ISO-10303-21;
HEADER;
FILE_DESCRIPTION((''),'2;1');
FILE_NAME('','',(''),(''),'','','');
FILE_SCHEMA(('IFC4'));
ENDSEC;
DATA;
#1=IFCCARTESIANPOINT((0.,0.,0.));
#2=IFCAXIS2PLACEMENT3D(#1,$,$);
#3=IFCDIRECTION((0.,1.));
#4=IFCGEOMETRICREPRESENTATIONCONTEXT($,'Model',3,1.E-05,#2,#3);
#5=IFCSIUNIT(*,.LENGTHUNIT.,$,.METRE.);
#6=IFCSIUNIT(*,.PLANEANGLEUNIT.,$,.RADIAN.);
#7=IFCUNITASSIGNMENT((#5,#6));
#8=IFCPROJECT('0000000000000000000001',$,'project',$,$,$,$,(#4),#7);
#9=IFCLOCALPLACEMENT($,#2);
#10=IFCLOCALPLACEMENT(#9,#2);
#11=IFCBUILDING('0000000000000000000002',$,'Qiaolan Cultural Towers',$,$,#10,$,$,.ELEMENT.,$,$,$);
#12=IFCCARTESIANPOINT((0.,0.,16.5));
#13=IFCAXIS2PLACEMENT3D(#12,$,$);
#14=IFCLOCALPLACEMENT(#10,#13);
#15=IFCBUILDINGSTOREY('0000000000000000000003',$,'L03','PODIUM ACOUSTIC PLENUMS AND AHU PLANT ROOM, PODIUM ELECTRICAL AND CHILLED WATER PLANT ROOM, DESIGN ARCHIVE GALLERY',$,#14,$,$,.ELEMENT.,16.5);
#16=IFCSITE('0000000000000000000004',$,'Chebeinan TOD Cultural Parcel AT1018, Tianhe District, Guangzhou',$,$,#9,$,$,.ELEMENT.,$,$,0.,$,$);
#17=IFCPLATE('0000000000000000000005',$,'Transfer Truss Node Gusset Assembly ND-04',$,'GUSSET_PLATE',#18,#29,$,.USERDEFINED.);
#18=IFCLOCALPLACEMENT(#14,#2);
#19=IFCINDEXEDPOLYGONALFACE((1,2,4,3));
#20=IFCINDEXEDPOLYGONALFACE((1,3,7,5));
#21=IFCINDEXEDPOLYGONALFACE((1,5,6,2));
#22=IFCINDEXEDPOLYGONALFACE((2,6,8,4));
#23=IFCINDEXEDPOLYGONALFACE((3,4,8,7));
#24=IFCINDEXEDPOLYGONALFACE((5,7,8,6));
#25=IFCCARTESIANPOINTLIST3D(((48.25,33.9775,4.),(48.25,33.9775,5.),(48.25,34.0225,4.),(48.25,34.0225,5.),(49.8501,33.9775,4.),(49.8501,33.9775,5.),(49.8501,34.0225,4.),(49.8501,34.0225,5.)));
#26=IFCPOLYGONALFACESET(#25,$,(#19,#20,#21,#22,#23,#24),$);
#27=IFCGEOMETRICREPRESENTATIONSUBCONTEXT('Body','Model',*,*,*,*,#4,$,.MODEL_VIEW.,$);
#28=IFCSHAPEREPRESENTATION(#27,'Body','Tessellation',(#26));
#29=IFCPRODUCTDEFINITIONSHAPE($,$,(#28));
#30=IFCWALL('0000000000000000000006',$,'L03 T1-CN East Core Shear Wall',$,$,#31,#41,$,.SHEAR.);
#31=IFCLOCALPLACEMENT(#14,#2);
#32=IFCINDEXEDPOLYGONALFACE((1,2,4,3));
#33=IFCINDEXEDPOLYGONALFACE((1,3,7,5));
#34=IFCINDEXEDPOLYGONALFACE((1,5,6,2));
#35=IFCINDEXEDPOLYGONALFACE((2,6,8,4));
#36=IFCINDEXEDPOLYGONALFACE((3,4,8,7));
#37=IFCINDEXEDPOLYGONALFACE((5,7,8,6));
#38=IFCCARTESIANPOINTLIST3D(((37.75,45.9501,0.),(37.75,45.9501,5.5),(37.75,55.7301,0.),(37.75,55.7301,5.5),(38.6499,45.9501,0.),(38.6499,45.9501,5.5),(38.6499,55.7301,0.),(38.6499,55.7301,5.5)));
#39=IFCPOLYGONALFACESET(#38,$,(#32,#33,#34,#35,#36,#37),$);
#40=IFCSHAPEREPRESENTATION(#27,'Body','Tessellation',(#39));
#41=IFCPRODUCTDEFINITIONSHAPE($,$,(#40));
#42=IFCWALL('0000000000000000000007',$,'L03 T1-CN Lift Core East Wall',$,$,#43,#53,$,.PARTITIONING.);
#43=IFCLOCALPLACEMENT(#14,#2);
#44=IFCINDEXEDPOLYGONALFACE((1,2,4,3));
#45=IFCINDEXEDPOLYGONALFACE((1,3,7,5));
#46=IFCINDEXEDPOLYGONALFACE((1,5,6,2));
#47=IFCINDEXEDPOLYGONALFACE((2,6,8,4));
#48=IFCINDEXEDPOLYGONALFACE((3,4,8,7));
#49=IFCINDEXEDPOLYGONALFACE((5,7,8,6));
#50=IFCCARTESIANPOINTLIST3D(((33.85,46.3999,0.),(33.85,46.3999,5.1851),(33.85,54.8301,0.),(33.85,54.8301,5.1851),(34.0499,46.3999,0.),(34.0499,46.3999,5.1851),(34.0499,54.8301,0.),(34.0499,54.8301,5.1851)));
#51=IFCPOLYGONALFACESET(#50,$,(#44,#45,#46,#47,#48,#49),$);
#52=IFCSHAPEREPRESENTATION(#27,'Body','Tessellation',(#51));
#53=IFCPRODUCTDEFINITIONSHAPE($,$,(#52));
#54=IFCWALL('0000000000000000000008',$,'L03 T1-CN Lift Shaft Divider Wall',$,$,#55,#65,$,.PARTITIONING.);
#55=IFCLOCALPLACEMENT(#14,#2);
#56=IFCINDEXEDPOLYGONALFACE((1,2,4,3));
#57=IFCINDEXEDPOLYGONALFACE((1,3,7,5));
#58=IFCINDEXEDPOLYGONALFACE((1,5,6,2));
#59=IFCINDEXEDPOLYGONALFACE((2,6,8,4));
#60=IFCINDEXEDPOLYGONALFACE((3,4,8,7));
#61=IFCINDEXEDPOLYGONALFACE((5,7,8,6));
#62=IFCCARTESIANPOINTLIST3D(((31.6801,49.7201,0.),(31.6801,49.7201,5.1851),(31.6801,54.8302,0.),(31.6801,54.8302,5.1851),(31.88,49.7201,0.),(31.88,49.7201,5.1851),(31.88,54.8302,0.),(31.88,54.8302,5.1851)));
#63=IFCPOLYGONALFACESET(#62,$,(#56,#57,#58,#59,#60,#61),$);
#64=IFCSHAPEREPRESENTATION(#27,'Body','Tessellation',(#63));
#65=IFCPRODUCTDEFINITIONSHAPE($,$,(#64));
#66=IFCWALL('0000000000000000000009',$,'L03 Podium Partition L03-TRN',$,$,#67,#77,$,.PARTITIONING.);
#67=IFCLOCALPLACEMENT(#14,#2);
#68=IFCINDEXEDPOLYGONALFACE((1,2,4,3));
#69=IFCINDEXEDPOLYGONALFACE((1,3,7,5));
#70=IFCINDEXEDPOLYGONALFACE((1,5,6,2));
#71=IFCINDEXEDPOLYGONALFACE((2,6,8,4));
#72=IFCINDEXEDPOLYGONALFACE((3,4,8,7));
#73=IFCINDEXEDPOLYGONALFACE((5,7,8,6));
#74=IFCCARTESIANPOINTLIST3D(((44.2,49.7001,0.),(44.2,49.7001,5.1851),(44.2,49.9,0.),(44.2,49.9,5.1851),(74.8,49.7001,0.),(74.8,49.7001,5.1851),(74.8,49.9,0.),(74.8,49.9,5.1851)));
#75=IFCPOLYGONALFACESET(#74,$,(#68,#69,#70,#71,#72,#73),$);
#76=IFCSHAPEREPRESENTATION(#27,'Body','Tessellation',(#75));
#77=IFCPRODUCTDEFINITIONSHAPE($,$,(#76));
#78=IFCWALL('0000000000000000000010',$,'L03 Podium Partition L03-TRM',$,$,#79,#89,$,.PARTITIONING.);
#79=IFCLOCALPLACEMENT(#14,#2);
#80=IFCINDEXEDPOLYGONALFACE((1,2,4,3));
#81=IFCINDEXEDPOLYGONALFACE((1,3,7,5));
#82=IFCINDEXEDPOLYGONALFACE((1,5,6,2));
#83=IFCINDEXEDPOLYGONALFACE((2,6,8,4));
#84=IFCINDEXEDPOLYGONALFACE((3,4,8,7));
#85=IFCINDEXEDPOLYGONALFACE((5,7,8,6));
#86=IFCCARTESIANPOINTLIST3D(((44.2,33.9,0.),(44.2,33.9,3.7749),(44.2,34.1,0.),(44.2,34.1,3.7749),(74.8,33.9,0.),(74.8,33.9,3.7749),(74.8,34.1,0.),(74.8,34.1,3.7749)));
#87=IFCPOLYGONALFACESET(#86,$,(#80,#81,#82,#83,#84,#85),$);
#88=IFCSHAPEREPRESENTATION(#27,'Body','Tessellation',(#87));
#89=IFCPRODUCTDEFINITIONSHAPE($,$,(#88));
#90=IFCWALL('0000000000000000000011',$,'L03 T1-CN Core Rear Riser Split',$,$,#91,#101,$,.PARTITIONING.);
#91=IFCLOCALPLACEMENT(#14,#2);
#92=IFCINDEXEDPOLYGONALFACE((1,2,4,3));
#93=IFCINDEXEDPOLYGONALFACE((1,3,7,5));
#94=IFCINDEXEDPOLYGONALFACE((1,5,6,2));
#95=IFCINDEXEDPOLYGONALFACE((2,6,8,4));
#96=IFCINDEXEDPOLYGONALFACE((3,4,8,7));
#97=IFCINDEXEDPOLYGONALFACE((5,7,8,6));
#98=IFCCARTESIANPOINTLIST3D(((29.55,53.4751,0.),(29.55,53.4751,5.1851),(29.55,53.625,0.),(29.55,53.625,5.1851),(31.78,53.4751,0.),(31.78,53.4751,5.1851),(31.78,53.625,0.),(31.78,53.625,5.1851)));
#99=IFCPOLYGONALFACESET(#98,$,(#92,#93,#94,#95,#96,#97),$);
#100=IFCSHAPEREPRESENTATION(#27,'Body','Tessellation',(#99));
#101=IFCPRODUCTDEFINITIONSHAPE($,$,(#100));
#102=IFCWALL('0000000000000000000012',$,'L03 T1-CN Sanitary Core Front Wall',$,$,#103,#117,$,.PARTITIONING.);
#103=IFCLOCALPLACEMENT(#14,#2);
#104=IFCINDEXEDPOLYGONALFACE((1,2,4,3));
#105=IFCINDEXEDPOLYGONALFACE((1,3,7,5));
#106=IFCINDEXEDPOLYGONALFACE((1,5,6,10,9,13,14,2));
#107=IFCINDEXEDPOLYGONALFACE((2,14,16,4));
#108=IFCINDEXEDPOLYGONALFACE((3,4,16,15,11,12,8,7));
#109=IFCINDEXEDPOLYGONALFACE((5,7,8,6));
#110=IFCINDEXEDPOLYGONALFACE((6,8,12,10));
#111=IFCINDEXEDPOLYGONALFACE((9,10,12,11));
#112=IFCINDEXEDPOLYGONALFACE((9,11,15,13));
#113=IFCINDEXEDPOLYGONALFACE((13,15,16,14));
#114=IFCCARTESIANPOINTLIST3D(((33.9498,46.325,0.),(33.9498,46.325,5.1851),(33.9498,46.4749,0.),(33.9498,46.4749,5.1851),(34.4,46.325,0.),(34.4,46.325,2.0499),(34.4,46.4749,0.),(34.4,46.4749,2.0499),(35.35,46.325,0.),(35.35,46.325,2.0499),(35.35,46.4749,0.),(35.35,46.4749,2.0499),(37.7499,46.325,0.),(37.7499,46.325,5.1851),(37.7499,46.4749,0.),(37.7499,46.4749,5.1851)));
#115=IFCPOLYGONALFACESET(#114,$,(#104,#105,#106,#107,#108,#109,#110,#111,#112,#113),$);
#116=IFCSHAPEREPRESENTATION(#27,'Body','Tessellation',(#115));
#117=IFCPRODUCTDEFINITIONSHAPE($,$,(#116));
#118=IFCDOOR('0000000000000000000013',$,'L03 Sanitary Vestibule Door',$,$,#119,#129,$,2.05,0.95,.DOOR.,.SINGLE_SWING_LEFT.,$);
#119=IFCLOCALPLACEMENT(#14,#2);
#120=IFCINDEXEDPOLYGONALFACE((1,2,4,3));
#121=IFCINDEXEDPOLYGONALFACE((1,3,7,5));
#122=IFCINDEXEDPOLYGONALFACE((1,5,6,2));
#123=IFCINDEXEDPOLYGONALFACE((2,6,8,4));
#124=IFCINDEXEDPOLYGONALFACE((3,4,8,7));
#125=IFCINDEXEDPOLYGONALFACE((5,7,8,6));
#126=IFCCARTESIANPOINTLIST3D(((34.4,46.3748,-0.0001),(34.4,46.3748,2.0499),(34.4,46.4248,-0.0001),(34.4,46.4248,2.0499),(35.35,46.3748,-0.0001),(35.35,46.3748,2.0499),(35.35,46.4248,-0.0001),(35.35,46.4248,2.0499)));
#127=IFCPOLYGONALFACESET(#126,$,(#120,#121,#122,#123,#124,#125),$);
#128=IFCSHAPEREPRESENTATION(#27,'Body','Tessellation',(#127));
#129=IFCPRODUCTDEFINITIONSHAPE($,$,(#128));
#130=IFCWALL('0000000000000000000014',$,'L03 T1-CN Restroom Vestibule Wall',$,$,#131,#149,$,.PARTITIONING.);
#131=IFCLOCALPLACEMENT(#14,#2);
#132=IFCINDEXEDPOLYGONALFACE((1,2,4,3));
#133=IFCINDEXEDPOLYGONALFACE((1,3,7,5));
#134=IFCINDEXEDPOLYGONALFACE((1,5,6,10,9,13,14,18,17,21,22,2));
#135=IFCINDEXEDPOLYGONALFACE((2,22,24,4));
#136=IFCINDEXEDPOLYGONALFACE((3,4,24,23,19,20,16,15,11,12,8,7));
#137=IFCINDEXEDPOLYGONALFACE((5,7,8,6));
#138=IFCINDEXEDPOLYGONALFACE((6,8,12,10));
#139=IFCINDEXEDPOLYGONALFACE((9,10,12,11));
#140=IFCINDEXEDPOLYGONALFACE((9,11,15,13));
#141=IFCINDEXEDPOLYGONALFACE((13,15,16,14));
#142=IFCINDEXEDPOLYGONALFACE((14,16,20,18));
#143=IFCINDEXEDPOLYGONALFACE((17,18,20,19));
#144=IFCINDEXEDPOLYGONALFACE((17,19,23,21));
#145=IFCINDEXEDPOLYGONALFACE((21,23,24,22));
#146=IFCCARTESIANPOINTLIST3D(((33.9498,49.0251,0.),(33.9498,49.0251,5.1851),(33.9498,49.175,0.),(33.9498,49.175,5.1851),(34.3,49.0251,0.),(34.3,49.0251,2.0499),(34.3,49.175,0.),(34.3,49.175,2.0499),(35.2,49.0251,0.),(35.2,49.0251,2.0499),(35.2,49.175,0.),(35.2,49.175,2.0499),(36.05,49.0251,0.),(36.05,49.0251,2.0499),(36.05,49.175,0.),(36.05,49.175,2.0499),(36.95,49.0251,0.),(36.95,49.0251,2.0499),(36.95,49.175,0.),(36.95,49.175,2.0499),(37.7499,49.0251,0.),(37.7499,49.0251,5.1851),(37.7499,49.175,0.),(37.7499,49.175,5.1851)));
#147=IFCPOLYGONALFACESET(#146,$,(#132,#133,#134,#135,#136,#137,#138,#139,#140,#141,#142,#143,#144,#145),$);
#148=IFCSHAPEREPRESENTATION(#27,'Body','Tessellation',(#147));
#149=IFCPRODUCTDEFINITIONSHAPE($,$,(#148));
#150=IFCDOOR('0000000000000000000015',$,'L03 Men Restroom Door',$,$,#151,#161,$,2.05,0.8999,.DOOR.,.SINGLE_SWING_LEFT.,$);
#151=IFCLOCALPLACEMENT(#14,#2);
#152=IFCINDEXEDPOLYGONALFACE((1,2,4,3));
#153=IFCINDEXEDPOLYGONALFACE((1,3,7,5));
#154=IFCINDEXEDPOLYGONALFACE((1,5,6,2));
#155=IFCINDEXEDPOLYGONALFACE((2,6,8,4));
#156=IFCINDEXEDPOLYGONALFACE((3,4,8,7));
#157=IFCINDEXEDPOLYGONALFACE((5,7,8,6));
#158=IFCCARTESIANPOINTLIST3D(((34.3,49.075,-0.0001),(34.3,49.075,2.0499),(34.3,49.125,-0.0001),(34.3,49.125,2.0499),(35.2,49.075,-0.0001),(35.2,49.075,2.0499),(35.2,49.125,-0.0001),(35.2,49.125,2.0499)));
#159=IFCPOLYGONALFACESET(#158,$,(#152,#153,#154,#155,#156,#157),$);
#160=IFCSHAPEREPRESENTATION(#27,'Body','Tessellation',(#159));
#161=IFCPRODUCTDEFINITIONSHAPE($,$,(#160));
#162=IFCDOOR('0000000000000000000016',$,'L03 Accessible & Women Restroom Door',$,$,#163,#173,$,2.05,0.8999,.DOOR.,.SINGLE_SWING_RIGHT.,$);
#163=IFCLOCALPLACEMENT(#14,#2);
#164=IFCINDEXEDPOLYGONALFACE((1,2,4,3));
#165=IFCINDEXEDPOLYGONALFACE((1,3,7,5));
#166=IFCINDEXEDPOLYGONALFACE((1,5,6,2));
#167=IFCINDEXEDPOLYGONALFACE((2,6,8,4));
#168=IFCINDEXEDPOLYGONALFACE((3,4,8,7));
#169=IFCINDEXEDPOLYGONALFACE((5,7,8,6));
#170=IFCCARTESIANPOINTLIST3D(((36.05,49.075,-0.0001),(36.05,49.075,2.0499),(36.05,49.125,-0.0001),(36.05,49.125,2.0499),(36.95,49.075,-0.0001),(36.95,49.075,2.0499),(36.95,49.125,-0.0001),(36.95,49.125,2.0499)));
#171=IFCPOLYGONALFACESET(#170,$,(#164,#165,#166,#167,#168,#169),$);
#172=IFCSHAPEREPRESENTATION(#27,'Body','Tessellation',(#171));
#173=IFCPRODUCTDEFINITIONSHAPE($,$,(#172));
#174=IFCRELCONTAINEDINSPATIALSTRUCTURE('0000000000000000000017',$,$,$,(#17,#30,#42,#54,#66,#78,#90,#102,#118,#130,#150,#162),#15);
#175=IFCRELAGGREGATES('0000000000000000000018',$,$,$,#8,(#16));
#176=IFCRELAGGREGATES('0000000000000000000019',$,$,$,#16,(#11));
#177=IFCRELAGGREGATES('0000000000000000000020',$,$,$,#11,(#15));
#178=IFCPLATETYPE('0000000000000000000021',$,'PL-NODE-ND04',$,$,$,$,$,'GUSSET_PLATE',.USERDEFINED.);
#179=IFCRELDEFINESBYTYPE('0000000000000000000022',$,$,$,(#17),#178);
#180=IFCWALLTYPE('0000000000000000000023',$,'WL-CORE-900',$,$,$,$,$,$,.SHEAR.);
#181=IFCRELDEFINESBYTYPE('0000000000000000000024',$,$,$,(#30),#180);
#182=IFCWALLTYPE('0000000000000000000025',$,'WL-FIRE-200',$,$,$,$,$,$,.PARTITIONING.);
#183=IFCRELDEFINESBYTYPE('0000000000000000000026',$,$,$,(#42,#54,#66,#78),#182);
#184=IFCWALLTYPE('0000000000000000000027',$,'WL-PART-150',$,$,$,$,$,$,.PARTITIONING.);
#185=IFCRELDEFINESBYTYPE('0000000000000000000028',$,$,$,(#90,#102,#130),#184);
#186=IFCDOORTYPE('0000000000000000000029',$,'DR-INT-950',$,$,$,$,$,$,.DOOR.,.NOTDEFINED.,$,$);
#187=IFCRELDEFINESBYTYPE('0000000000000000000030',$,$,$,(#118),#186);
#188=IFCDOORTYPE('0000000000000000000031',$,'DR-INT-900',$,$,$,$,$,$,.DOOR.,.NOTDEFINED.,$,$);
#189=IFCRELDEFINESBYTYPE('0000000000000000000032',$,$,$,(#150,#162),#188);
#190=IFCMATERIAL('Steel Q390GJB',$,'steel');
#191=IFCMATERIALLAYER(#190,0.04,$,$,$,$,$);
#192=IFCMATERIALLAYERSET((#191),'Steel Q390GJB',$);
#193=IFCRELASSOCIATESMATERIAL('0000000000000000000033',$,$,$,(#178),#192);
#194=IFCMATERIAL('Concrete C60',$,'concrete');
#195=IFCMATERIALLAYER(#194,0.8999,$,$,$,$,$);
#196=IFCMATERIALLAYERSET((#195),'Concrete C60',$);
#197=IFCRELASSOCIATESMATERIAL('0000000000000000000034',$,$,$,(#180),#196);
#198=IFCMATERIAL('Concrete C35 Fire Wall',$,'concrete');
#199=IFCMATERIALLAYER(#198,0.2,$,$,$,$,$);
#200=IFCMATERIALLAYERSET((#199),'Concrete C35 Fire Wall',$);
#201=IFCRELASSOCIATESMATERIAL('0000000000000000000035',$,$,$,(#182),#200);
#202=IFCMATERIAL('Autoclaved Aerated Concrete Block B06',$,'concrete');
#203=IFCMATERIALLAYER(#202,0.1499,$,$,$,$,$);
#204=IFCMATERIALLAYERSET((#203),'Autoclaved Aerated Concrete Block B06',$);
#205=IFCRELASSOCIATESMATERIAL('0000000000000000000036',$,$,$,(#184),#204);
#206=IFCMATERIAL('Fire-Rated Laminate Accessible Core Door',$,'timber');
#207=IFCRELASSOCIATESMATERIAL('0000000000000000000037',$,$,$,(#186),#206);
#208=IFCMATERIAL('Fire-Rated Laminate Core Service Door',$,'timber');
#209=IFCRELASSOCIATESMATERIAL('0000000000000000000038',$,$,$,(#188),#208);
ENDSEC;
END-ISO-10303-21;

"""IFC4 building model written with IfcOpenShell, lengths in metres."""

from ifc_helpers import new_model, si_unit, direction, frame, frame_2d, origin, origin_2d, place, context, subcontext, project, spatial, rectangle, extrude, material, layer, layer_set, type_object, element, fill, save


model = new_model("IFC4")

# Units and contexts
model_context = context("Model", 3, precision=1e-05, world=origin(), true_north=direction((0.0, 1.0)))
body_context = subcontext(model_context, "Body", "Model", "MODEL_VIEW")
ifc_project = project(units=[si_unit("LENGTHUNIT", "METRE"), si_unit("PLANEANGLEUNIT", "RADIAN")], contexts=[model_context])

# Site, building, storey
site_placement = place(None, origin())
site = spatial("IfcSite", under=ifc_project, at=site_placement, Name="Chebeinan TOD Cultural Parcel AT1018, Tianhe District, Guangzhou", CompositionType="ELEMENT", RefElevation=0.0)
building_placement = place(site_placement, origin())
building = spatial("IfcBuilding", under=site, at=building_placement, Name="Qiaolan Cultural Towers", CompositionType="ELEMENT")
storey_placement = place(building_placement, frame((0.0, 0.0, 16.5)))
storey = spatial("IfcBuildingStorey", under=building, at=storey_placement, Name="L03", Description="PODIUM ACOUSTIC PLENUMS AND AHU PLANT ROOM, PODIUM ELECTRICAL AND CHILLED WATER PLANT ROOM, DESIGN ARCHIVE GALLERY", CompositionType="ELEMENT", Elevation=16.5)

# Plate
ifc_material_1 = material(Name="Steel Q390GJB", Category="steel")
ifc_layer_1 = layer(ifc_material_1, 0.04)
ifc_layer_set_1 = layer_set([ifc_layer_1], Name="Steel Q390GJB")
plate_type_1 = type_object("IfcPlateType", Name="PL-NODE-ND04", ElementType="GUSSET_PLATE", PredefinedType="USERDEFINED", material=ifc_layer_set_1)
plate_placement = place(storey_placement, frame((49.05, 34.0, 4.0), z_axis=(0.0, 0.0, 1.0), x_axis=(1.0, 0.0, 0.0)))
element("IfcPlate", 1, at=plate_placement, inside=storey, type_object=plate_type_1, Name="Transfer Truss Node Gusset Assembly ND-04", ObjectType="GUSSET_PLATE", PredefinedType="USERDEFINED", context=body_context, shape_type="SweptSolid", body=[
    extrude(rectangle(XDim=1.6001, YDim=0.0449, at=origin_2d()), origin(), (0.0, 0.0, 1.0), 1.0),
])

# Walls
ifc_material_2 = material(Name="Concrete C60", Category="concrete")
ifc_layer_2 = layer(ifc_material_2, 0.8999)
ifc_layer_set_2 = layer_set([ifc_layer_2], Name="Concrete C60")
wall_type_1 = type_object("IfcWallType", Name="WL-CORE-900", PredefinedType="SHEAR", material=ifc_layer_set_2)
wall_1_placement = place(storey_placement, frame((38.2, 45.95, 0.0), z_axis=(0.0, 0.0, 1.0), x_axis=(0.0, 1.0, 0.0)))
element("IfcWall", 2, at=wall_1_placement, inside=storey, type_object=wall_type_1, Name="L03 T1-CN East Core Shear Wall", PredefinedType="SHEAR", context=body_context, shape_type="SweptSolid", body=[
    extrude(rectangle(XDim=9.78, YDim=0.8999, at=frame_2d((4.8901, 0.0))), origin(), (0.0, 0.0, 1.0), 5.5),
])
ifc_material_3 = material(Name="Concrete C35 Fire Wall", Category="concrete")
ifc_layer_3 = layer(ifc_material_3, 0.2)
ifc_layer_set_3 = layer_set([ifc_layer_3], Name="Concrete C35 Fire Wall")
wall_type_2 = type_object("IfcWallType", Name="WL-FIRE-200", PredefinedType="PARTITIONING", material=ifc_layer_set_3)
wall_2_placement = place(storey_placement, frame((33.95, 46.3999, 0.0), z_axis=(0.0, 0.0, 1.0), x_axis=(0.0, 1.0, 0.0)))
element("IfcWall", 3, at=wall_2_placement, inside=storey, type_object=wall_type_2, Name="L03 T1-CN Lift Core East Wall", PredefinedType="PARTITIONING", context=body_context, shape_type="SweptSolid", body=[
    extrude(rectangle(XDim=8.4302, YDim=0.2, at=frame_2d((4.2151, 0.0))), origin(), (0.0, 0.0, 1.0), 5.1851),
])
wall_3_placement = place(storey_placement, frame((31.78, 49.72, 0.0), z_axis=(0.0, 0.0, 1.0), x_axis=(0.0, 1.0, 0.0)))
element("IfcWall", 4, at=wall_3_placement, inside=storey, type_object=wall_type_2, Name="L03 T1-CN Lift Shaft Divider Wall", PredefinedType="PARTITIONING", context=body_context, shape_type="SweptSolid", body=[
    extrude(rectangle(XDim=5.1101, YDim=0.2, at=frame_2d((2.5552, 0.0))), origin(), (0.0, 0.0, 1.0), 5.1851),
])
wall_4_placement = place(storey_placement, frame((44.2, 49.8, 0.0), z_axis=(0.0, 0.0, 1.0), x_axis=(1.0, 0.0, 0.0)))
element("IfcWall", 5, at=wall_4_placement, inside=storey, type_object=wall_type_2, Name="L03 Podium Partition L03-TRN", PredefinedType="PARTITIONING", context=body_context, shape_type="SweptSolid", body=[
    extrude(rectangle(XDim=30.6001, YDim=0.2, at=frame_2d((15.3, 0.0))), origin(), (0.0, 0.0, 1.0), 5.1851),
])
wall_5_placement = place(storey_placement, frame((44.2, 34.0, 0.0), z_axis=(0.0, 0.0, 1.0), x_axis=(1.0, 0.0, 0.0)))
element("IfcWall", 6, at=wall_5_placement, inside=storey, type_object=wall_type_2, Name="L03 Podium Partition L03-TRM", PredefinedType="PARTITIONING", context=body_context, shape_type="SweptSolid", body=[
    extrude(rectangle(XDim=30.6001, YDim=0.2, at=frame_2d((15.3, 0.0))), origin(), (0.0, 0.0, 1.0), 3.7749),
])
ifc_material_4 = material(Name="Autoclaved Aerated Concrete Block B06", Category="concrete")
ifc_layer_4 = layer(ifc_material_4, 0.1499)
ifc_layer_set_4 = layer_set([ifc_layer_4], Name="Autoclaved Aerated Concrete Block B06")
wall_type_3 = type_object("IfcWallType", Name="WL-PART-150", PredefinedType="PARTITIONING", material=ifc_layer_set_4)
wall_6_placement = place(storey_placement, frame((29.55, 53.55, 0.0), z_axis=(0.0, 0.0, 1.0), x_axis=(1.0, 0.0, 0.0)))
element("IfcWall", 7, at=wall_6_placement, inside=storey, type_object=wall_type_3, Name="L03 T1-CN Core Rear Riser Split", PredefinedType="PARTITIONING", context=body_context, shape_type="SweptSolid", body=[
    extrude(rectangle(XDim=2.23, YDim=0.1499, at=frame_2d((1.115, 0.0))), origin(), (0.0, 0.0, 1.0), 5.1851),
])

# Wall, opening, door
wall_7_placement = place(storey_placement, frame((33.95, 46.3999, 0.0), z_axis=(0.0, 0.0, 1.0), x_axis=(1.0, 0.0, 0.0)))
wall_7 = element("IfcWall", 8, at=wall_7_placement, inside=storey, type_object=wall_type_3, Name="L03 T1-CN Sanitary Core Front Wall", PredefinedType="PARTITIONING", context=body_context, shape_type="SweptSolid", body=[
    extrude(rectangle(XDim=3.8, YDim=0.1499, at=frame_2d((1.8999, 0.0))), origin(), (0.0, 0.0, 1.0), 5.1851),
])
opening_1_placement = place(wall_7_placement, frame((0.45, 0.0, 0.0)))
opening_1 = element("IfcOpeningElement", 9, at=opening_1_placement, cuts=wall_7, PredefinedType="OPENING", context=body_context, shape_type="SweptSolid", body=[
    extrude(rectangle(XDim=0.95, YDim=2.05, at=frame_2d((0.4751, 1.0249))), frame((0.0, 0.085, 0.0), z_axis=(0.0, -1.0, 0.0), x_axis=(1.0, 0.0, 0.0)), (0.0, 0.0, 1.0), 0.1699),
])
ifc_material_5 = material(Name="Fire-Rated Laminate Accessible Core Door", Category="timber")
door_type_1 = type_object("IfcDoorType", Name="DR-INT-950", OperationType="NOTDEFINED", PredefinedType="DOOR", material=ifc_material_5)
door_1_placement = place(opening_1_placement, origin())
door_1 = element("IfcDoor", 10, at=door_1_placement, inside=storey, type_object=door_type_1, Name="L03 Sanitary Vestibule Door", OperationType="SINGLE_SWING_LEFT", OverallHeight=2.05, OverallWidth=0.95, PredefinedType="DOOR", context=body_context, shape_type="SweptSolid", body=[
    extrude(rectangle(XDim=0.95, YDim=2.05, at=frame_2d((0.4751, 1.0249))), frame((0.0, 0.0249, 0.0), z_axis=(0.0, -1.0, 0.0), x_axis=(1.0, 0.0, 0.0)), (0.0, 0.0, 1.0), 0.05),
])
fill(opening_1, door_1)

# Wall, openings, doors
wall_8_placement = place(storey_placement, frame((33.95, 49.1001, 0.0), z_axis=(0.0, 0.0, 1.0), x_axis=(1.0, 0.0, 0.0)))
wall_8 = element("IfcWall", 11, at=wall_8_placement, inside=storey, type_object=wall_type_3, Name="L03 T1-CN Restroom Vestibule Wall", PredefinedType="PARTITIONING", context=body_context, shape_type="SweptSolid", body=[
    extrude(rectangle(XDim=3.8, YDim=0.1499, at=frame_2d((1.8999, 0.0))), origin(), (0.0, 0.0, 1.0), 5.1851),
])
opening_2_placement = place(wall_8_placement, frame((0.3501, 0.0, 0.0)))
opening_2 = element("IfcOpeningElement", 12, at=opening_2_placement, cuts=wall_8, PredefinedType="OPENING", context=body_context, shape_type="SweptSolid", body=[
    extrude(rectangle(XDim=0.8999, YDim=2.05, at=frame_2d((0.45, 1.0249))), frame((0.0, 0.085, 0.0), z_axis=(0.0, -1.0, 0.0), x_axis=(1.0, 0.0, 0.0)), (0.0, 0.0, 1.0), 0.1699),
])
opening_3_placement = place(wall_8_placement, frame((2.1001, 0.0, 0.0)))
opening_3 = element("IfcOpeningElement", 13, at=opening_3_placement, cuts=wall_8, PredefinedType="OPENING", context=body_context, shape_type="SweptSolid", body=[
    extrude(rectangle(XDim=0.8999, YDim=2.05, at=frame_2d((0.45, 1.0249))), frame((0.0, 0.085, 0.0), z_axis=(0.0, -1.0, 0.0), x_axis=(1.0, 0.0, 0.0)), (0.0, 0.0, 1.0), 0.1699),
])
ifc_material_6 = material(Name="Fire-Rated Laminate Core Service Door", Category="timber")
door_type_2 = type_object("IfcDoorType", Name="DR-INT-900", OperationType="NOTDEFINED", PredefinedType="DOOR", material=ifc_material_6)
door_2_placement = place(opening_2_placement, origin())
door_2 = element("IfcDoor", 14, at=door_2_placement, inside=storey, type_object=door_type_2, Name="L03 Men Restroom Door", OperationType="SINGLE_SWING_LEFT", OverallHeight=2.05, OverallWidth=0.8999, PredefinedType="DOOR", context=body_context, shape_type="SweptSolid", body=[
    extrude(rectangle(XDim=0.8999, YDim=2.05, at=frame_2d((0.45, 1.0249))), frame((0.0, 0.0249, 0.0), z_axis=(0.0, -1.0, 0.0), x_axis=(1.0, 0.0, 0.0)), (0.0, 0.0, 1.0), 0.05),
])
fill(opening_2, door_2)
door_3_placement = place(opening_3_placement, origin())
door_3 = element("IfcDoor", 15, at=door_3_placement, inside=storey, type_object=door_type_2, Name="L03 Accessible & Women Restroom Door", OperationType="SINGLE_SWING_RIGHT", OverallHeight=2.05, OverallWidth=0.8999, PredefinedType="DOOR", context=body_context, shape_type="SweptSolid", body=[
    extrude(rectangle(XDim=0.8999, YDim=2.05, at=frame_2d((0.45, 1.0249))), frame((0.0, 0.0249, 0.0), z_axis=(0.0, -1.0, 0.0), x_axis=(1.0, 0.0, 0.0)), (0.0, 0.0, 1.0), 0.05),
])
fill(opening_3, door_3)

save(model, "model.ifc")
